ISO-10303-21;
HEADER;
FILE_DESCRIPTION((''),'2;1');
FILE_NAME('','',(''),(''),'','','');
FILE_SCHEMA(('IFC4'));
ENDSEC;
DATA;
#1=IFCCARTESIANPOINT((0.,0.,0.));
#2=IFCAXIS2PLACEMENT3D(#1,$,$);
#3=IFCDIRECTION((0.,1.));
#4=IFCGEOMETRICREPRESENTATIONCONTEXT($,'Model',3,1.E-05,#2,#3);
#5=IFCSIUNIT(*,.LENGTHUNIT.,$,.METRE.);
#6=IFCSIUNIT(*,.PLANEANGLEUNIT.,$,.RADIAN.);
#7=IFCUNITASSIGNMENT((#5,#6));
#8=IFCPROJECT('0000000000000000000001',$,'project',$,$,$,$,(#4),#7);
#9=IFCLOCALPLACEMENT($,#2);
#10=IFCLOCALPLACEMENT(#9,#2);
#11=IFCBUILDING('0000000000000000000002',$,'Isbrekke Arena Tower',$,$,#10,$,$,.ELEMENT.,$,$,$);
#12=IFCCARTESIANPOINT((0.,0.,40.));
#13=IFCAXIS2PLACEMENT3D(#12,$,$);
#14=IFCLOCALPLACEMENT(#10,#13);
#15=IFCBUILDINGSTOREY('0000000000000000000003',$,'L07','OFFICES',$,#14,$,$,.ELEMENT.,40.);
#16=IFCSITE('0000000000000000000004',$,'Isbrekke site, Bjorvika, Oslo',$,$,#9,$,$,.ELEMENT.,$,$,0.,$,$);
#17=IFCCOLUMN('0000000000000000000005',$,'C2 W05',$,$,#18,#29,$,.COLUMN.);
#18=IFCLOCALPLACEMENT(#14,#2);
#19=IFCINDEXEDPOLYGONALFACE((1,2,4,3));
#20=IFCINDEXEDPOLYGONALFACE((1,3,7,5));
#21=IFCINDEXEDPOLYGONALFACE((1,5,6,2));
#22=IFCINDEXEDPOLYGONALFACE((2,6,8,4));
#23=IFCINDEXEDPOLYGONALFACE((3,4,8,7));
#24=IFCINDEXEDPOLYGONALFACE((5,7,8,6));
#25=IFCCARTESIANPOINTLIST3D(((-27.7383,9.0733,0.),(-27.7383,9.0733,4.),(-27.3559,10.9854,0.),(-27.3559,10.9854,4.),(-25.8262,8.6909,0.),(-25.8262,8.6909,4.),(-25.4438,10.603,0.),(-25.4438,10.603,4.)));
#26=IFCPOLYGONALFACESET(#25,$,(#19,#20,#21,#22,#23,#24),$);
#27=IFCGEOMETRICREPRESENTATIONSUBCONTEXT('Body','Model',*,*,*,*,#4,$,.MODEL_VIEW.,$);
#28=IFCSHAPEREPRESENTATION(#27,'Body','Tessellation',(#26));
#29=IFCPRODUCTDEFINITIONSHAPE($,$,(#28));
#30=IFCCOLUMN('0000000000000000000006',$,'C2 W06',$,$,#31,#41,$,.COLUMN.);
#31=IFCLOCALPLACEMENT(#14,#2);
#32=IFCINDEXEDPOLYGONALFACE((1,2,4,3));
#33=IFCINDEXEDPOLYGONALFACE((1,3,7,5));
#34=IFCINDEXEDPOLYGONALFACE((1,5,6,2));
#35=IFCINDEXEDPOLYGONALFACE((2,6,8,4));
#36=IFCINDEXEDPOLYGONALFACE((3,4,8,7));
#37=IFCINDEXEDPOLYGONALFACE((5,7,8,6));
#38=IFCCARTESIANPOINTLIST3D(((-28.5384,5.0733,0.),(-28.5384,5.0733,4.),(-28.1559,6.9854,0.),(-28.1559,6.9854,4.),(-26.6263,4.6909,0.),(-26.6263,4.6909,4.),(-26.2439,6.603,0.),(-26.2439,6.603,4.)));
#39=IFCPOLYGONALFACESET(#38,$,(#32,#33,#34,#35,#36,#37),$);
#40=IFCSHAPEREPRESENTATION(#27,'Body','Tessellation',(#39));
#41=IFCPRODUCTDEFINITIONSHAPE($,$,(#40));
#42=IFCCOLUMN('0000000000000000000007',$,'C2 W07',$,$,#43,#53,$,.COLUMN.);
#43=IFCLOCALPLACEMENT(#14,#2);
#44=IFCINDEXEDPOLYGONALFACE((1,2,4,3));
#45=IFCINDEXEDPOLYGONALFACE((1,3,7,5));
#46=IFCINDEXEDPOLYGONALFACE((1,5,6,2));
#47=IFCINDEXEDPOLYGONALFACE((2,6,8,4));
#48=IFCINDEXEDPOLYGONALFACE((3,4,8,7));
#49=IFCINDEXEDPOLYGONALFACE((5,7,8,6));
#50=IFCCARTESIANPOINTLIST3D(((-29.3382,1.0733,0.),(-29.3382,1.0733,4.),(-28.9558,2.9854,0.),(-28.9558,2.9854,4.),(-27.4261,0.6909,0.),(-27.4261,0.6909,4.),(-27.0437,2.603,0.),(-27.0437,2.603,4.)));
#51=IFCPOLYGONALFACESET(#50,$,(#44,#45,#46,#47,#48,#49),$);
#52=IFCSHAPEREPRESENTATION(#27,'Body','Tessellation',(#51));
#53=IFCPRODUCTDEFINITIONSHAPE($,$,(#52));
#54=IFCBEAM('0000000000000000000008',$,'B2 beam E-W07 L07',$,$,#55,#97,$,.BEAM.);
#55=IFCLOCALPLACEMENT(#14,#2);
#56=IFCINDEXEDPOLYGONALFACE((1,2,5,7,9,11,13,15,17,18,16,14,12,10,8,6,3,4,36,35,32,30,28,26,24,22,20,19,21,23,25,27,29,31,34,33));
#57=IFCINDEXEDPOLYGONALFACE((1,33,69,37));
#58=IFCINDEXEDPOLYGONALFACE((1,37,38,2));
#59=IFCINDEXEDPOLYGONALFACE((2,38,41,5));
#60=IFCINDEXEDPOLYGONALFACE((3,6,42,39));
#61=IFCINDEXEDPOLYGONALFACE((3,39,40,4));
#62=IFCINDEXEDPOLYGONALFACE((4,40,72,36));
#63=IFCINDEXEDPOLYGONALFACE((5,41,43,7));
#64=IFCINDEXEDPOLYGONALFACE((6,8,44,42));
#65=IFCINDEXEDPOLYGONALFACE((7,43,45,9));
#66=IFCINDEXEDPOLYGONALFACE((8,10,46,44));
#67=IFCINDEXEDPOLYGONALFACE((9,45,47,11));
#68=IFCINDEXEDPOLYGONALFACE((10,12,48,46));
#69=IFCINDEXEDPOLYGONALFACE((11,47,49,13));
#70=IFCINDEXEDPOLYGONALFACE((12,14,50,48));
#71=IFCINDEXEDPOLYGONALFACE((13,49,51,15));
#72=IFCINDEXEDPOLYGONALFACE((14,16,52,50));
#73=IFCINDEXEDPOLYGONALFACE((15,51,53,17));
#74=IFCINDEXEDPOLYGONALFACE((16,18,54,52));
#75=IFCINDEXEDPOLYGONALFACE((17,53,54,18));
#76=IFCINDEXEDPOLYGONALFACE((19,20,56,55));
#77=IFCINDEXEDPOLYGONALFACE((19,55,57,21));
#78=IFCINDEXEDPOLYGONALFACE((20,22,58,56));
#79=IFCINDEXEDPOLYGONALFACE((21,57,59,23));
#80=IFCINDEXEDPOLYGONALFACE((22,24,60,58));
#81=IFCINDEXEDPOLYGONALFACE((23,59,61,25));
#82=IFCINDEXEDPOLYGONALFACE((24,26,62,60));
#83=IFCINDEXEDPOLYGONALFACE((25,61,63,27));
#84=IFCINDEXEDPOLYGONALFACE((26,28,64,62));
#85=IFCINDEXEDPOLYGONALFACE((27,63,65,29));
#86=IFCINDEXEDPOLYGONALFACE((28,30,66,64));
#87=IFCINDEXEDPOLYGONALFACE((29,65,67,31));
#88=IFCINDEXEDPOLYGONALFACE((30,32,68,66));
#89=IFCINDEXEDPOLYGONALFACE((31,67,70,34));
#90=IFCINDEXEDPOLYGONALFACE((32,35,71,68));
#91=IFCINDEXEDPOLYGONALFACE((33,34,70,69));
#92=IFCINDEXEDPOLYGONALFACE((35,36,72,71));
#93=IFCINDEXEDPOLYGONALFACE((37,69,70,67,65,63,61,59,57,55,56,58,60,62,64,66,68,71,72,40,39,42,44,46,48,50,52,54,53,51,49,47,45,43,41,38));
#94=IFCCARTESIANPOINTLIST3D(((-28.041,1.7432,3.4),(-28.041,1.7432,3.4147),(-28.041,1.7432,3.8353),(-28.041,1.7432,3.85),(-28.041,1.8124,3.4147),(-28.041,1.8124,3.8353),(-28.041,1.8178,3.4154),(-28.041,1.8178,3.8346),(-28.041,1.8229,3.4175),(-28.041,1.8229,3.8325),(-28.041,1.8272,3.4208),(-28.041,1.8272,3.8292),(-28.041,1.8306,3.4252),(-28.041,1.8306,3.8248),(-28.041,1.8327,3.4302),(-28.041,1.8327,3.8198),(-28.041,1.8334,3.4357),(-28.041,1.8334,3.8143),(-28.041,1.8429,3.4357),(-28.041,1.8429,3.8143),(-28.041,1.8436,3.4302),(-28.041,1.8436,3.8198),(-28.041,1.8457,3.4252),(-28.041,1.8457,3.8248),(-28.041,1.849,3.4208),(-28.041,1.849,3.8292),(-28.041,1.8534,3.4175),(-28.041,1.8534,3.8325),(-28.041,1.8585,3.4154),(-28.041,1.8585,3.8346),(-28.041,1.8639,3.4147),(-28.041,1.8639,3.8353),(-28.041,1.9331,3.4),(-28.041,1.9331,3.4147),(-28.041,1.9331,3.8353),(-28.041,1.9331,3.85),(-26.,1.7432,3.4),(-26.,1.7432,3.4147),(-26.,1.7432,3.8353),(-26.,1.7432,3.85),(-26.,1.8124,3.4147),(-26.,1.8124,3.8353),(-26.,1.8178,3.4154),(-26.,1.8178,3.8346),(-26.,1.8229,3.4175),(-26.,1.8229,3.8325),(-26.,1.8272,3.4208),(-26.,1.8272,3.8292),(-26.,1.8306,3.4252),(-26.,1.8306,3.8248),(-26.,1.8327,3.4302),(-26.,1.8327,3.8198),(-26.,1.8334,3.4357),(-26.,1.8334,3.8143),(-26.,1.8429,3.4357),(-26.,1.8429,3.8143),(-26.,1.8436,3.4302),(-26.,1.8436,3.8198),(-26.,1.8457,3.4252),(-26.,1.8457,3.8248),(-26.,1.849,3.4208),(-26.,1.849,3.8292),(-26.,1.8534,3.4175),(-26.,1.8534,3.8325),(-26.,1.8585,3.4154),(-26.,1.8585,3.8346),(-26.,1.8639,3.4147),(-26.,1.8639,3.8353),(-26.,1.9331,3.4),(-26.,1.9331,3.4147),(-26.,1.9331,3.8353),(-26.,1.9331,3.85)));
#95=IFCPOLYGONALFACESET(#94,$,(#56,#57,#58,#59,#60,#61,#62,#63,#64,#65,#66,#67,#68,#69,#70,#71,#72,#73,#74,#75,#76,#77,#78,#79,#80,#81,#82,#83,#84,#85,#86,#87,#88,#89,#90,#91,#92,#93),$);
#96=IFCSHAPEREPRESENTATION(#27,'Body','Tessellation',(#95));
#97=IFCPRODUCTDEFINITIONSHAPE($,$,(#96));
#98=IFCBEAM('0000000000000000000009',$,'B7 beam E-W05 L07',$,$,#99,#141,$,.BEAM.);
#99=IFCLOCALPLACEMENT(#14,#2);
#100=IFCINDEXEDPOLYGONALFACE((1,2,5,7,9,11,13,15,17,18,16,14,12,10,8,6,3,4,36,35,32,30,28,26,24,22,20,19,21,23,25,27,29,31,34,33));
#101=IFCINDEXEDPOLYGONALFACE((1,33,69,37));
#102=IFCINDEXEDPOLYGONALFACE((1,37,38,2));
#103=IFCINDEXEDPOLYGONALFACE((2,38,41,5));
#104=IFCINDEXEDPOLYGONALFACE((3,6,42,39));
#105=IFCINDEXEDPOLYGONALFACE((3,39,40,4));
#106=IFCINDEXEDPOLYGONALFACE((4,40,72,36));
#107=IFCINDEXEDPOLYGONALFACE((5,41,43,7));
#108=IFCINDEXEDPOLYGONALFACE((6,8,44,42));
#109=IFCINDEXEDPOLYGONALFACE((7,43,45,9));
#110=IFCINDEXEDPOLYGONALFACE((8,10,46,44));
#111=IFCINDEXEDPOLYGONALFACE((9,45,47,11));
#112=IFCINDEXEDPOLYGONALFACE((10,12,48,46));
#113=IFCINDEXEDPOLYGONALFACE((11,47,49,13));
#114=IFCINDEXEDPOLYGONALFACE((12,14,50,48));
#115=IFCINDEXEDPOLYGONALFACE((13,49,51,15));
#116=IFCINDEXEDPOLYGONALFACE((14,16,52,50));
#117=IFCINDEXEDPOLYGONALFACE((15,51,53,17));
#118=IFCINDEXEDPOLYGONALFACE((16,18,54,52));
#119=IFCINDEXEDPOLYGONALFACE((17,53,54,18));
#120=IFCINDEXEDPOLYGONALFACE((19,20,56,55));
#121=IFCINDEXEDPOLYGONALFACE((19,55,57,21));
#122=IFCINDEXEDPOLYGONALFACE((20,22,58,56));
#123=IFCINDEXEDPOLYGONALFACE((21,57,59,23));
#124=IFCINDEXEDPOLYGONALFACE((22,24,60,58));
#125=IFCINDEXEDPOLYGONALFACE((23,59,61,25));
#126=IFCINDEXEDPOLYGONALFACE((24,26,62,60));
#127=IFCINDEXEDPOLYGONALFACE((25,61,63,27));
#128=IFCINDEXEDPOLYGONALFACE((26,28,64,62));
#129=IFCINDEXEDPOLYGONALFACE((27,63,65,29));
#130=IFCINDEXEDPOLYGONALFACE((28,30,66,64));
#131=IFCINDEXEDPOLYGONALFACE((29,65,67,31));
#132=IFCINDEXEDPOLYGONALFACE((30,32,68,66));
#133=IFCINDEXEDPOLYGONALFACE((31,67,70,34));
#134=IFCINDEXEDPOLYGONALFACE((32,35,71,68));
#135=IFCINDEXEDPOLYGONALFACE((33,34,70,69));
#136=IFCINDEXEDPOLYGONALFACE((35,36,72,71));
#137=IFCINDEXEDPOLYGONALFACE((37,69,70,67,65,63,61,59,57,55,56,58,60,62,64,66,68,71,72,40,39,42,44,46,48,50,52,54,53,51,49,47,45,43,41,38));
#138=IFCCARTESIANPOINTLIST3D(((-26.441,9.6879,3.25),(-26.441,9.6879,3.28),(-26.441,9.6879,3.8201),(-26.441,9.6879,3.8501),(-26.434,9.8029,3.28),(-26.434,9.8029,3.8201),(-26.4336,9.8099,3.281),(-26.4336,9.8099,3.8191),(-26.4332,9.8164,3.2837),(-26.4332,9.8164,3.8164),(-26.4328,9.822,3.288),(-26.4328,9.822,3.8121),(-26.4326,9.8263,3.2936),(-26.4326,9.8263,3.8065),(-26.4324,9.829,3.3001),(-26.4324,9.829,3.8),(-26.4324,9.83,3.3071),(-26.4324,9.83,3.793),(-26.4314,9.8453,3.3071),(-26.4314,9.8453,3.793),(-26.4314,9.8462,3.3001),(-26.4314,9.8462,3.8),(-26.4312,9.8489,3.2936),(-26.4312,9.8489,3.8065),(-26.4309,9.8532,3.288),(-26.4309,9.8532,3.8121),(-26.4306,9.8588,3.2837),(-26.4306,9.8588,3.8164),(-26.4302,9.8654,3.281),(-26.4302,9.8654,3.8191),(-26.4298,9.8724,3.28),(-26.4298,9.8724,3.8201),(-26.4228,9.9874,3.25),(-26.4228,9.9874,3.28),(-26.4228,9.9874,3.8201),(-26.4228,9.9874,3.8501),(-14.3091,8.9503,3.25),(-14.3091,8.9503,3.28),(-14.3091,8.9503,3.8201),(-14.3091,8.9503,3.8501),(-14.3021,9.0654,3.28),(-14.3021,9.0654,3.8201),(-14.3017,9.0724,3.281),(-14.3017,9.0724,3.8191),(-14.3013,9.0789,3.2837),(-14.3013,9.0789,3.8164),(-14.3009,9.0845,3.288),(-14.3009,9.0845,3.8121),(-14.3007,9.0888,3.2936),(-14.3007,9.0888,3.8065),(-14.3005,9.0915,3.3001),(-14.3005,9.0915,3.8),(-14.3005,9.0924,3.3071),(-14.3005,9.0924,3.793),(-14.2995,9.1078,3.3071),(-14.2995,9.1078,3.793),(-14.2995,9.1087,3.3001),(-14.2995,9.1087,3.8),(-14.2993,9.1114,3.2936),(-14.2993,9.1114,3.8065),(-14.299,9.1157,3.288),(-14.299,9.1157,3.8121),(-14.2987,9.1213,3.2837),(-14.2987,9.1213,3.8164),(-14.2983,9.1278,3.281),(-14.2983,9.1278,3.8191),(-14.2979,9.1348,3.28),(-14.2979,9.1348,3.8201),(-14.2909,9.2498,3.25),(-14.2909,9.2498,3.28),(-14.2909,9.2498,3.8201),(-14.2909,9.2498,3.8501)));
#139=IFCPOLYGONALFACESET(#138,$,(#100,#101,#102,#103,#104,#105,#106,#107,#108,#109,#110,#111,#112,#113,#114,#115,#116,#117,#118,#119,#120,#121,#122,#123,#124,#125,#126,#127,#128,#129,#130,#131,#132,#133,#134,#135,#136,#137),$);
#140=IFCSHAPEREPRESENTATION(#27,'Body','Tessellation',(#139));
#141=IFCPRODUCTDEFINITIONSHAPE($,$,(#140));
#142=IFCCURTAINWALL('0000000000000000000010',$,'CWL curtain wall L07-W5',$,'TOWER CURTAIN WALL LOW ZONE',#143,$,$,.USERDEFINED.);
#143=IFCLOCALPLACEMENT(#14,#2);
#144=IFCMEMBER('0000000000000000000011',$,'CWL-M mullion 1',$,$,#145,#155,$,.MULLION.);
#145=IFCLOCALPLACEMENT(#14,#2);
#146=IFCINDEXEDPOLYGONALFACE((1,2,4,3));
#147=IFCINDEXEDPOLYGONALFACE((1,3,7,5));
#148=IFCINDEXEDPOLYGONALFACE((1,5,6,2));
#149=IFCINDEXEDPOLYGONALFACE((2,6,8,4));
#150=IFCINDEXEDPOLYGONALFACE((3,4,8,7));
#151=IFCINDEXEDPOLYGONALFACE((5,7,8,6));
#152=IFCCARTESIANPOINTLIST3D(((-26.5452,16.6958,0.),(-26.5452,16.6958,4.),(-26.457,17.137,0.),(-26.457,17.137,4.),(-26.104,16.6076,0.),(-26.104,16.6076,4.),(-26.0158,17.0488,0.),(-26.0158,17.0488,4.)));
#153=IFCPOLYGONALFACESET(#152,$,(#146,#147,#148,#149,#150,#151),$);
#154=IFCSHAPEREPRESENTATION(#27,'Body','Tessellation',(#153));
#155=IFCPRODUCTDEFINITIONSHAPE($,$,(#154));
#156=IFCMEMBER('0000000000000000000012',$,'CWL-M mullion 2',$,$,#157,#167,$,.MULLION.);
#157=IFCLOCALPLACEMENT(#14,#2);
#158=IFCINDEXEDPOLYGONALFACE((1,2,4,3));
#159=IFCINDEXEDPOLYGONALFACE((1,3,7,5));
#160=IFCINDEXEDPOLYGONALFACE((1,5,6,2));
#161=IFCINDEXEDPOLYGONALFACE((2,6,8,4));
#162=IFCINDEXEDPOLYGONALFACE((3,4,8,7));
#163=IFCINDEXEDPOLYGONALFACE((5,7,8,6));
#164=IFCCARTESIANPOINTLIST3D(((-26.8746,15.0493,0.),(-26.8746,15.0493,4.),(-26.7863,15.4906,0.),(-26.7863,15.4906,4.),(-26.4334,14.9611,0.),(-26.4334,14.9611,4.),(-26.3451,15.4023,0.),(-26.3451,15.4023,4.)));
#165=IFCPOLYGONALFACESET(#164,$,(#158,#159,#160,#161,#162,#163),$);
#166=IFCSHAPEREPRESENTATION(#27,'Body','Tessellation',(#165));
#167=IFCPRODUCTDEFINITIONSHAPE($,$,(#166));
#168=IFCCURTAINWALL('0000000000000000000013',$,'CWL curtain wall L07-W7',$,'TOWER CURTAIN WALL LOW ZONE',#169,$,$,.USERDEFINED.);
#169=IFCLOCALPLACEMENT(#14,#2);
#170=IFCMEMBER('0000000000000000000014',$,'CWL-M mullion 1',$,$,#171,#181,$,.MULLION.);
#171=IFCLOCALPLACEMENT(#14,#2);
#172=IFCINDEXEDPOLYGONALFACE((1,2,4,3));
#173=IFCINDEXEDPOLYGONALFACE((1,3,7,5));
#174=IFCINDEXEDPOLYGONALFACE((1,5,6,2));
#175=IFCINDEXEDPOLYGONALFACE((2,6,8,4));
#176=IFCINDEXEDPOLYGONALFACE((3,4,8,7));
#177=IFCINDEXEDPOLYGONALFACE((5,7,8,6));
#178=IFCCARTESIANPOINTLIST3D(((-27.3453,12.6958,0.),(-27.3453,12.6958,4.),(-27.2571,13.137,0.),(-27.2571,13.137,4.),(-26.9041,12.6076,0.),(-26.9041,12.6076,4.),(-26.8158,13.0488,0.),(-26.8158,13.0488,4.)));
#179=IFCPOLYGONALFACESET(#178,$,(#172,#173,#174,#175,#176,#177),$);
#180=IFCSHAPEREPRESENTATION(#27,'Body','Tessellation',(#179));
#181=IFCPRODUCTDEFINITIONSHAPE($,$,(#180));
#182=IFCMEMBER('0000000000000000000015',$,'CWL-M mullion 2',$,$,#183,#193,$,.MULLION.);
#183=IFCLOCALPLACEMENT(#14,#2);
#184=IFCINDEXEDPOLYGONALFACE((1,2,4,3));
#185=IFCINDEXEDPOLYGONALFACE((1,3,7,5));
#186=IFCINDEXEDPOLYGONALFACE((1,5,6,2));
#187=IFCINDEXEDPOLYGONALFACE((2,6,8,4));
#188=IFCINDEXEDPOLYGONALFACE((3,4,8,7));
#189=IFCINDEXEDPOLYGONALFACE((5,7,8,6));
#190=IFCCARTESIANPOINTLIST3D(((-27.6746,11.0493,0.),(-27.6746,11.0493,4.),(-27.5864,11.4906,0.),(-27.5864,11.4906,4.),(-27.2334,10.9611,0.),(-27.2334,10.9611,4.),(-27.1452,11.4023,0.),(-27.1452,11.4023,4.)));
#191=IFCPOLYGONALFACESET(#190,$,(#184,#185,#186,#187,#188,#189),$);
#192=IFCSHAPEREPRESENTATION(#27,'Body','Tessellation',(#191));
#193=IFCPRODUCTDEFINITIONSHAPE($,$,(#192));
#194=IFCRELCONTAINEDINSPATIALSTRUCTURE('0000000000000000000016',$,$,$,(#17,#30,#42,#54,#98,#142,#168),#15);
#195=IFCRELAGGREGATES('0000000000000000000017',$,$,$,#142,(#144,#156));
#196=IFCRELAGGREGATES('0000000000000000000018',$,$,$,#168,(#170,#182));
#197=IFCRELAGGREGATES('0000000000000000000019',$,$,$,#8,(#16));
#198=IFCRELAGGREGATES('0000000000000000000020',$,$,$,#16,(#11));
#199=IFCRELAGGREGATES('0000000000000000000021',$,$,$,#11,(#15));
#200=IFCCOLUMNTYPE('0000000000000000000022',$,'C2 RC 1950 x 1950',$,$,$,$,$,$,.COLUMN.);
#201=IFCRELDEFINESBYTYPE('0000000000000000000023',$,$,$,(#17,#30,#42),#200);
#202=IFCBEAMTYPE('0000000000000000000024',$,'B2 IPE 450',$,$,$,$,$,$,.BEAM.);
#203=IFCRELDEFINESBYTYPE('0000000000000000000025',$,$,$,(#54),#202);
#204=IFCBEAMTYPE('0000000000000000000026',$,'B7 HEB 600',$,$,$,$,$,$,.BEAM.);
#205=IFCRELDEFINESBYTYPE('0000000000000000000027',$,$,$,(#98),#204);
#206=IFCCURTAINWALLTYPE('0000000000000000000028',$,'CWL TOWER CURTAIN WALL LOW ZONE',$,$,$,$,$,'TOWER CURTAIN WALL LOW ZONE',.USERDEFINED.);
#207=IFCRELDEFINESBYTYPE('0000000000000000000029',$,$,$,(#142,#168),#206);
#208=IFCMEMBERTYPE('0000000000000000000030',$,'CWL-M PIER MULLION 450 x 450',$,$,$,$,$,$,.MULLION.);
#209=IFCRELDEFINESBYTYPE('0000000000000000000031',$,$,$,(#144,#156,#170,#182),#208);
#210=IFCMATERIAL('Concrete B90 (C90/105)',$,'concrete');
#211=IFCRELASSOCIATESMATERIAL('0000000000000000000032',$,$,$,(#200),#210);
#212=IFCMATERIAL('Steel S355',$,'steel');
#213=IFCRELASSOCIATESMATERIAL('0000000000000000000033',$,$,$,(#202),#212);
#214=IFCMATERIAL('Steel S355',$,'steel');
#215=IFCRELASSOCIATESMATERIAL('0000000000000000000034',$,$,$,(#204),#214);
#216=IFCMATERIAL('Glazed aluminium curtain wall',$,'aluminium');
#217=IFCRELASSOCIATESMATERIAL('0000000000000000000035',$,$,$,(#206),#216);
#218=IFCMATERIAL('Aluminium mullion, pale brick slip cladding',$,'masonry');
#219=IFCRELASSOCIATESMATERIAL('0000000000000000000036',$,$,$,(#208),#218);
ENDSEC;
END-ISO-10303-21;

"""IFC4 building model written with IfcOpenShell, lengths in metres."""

from ifc_helpers import new_model, si_unit, direction, frame, origin, origin_2d, place, context, subcontext, project, spatial, rectangle, i_section, extrude, material, material_profile, profile_set, type_object, element, aggregate, save


model = new_model("IFC4")

# Units and contexts
model_context = context("Model", 3, precision=1e-05, world=origin(), true_north=direction((0.0, 1.0)))
body_context = subcontext(model_context, "Body", "Model", "MODEL_VIEW")
ifc_project = project(units=[si_unit("LENGTHUNIT", "METRE"), si_unit("PLANEANGLEUNIT", "RADIAN")], contexts=[model_context])

# Site, building, storey
site_placement = place(None, origin())
site = spatial("IfcSite", under=ifc_project, at=site_placement, Name="Isbrekke site, Bjorvika, Oslo", CompositionType="ELEMENT", RefElevation=0.0)
building_placement = place(site_placement, origin())
building = spatial("IfcBuilding", under=site, at=building_placement, Name="Isbrekke Arena Tower", CompositionType="ELEMENT")
storey_placement = place(building_placement, frame((0.0, 0.0, 40.0)))
storey = spatial("IfcBuildingStorey", under=building, at=storey_placement, Name="L07", Description="OFFICES", CompositionType="ELEMENT", Elevation=40.0)

# Columns
ifc_material_1 = material(Name="Concrete B90 (C90/105)", Category="concrete")
ifc_material_profile_1 = material_profile(ifc_material_1, rectangle(XDim=1.95, YDim=1.95, at=origin_2d()), Name="RC 1950x1950")
ifc_profile_set_1 = profile_set([ifc_material_profile_1], Name="Concrete B90 (C90/105)")
column_type = type_object("IfcColumnType", Name="C2 RC 1950 x 1950", PredefinedType="COLUMN", material=ifc_profile_set_1)
for number, where, z_axis, x_axis, name in (
    (1, (-26.5911, 9.8381, 0.0), (0.0, 0.0, 1.0), (-0.196116, -0.980581, 0.0), "C2 W05"),
    (2, (-27.3911, 5.8381, 0.0), (0.0, 0.0, 1.0), (-0.196116, -0.980581, 0.0), "C2 W06"),
    (3, (-28.1909, 1.8381, 0.0), (0.0, 0.0, 1.0), (-0.196116, -0.980581, 0.0), "C2 W07"),
):
    element("IfcColumn", number, at=place(storey_placement, frame(where, z_axis=z_axis, x_axis=x_axis)), inside=storey, type_object=column_type, Name=name, PredefinedType="COLUMN", context=body_context, shape_type="SweptSolid", body=[
        extrude(rectangle(XDim=1.95, YDim=1.95, at=origin_2d()), origin(), (0.0, 0.0, 1.0), 4.0),
    ])

# Beams
ifc_material_2 = material(Name="Steel S355", Category="steel")
ifc_material_profile_2 = material_profile(ifc_material_2, i_section(OverallWidth=0.1899, OverallDepth=0.45, WebThickness=0.0095, FlangeThickness=0.0146, FilletRadius=0.021, at=origin_2d()), Name="IPE 450")
ifc_profile_set_2 = profile_set([ifc_material_profile_2], Name="Steel S355")
beam_type_1 = type_object("IfcBeamType", Name="B2 IPE 450", PredefinedType="BEAM", material=ifc_profile_set_2)
beam_1_placement = place(storey_placement, frame((-28.041, 1.8381, 3.625), z_axis=(1.0, 0.0, 0.0), x_axis=(0.0, 1.0, 0.0)))
element("IfcBeam", 4, at=beam_1_placement, inside=storey, type_object=beam_type_1, Name="B2 beam E-W07 L07", PredefinedType="BEAM", context=body_context, shape_type="SweptSolid", body=[
    extrude(i_section(OverallWidth=0.1899, OverallDepth=0.45, WebThickness=0.0095, FlangeThickness=0.0146, FilletRadius=0.021, at=origin_2d()), origin(), (0.0, 0.0, 1.0), 2.041),
])
ifc_material_3 = material(Name="Steel S355", Category="steel")
ifc_material_profile_3 = material_profile(ifc_material_3, i_section(OverallWidth=0.3, OverallDepth=0.6001, WebThickness=0.0154, FlangeThickness=0.03, FilletRadius=0.0271, at=origin_2d()), Name="HEB 600")
ifc_profile_set_3 = profile_set([ifc_material_profile_3], Name="Steel S355")
beam_type_2 = type_object("IfcBeamType", Name="B7 HEB 600", PredefinedType="BEAM", material=ifc_profile_set_3)
beam_2_placement = place(storey_placement, frame((-26.4319, 9.8376, 3.55), z_axis=(0.998157, -0.060682, 0.0), x_axis=(0.060682, 0.998157, 0.0)))
element("IfcBeam", 5, at=beam_2_placement, inside=storey, type_object=beam_type_2, Name="B7 beam E-W05 L07", PredefinedType="BEAM", context=body_context, shape_type="SweptSolid", body=[
    extrude(i_section(OverallWidth=0.3, OverallDepth=0.6001, WebThickness=0.0154, FlangeThickness=0.03, FilletRadius=0.0271, at=origin_2d()), origin(), (0.0, 0.0, 1.0), 12.1543),
])

# Curtain walls, members
ifc_material_4 = material(Name="Glazed aluminium curtain wall", Category="aluminium")
curtain_wall_type = type_object("IfcCurtainWallType", Name="CWL TOWER CURTAIN WALL LOW ZONE", ElementType="TOWER CURTAIN WALL LOW ZONE", PredefinedType="USERDEFINED", material=ifc_material_4)
curtain_wall_1_placement = place(storey_placement, origin())
curtain_wall_1 = element("IfcCurtainWall", 6, at=curtain_wall_1_placement, inside=storey, type_object=curtain_wall_type, Name="CWL curtain wall L07-W5", ObjectType="TOWER CURTAIN WALL LOW ZONE", PredefinedType="USERDEFINED")
ifc_material_5 = material(Name="Aluminium mullion, pale brick slip cladding", Category="masonry")
ifc_material_profile_4 = material_profile(ifc_material_5, rectangle(XDim=0.45, YDim=0.45, at=origin_2d()), Name="PIER 450X450")
ifc_profile_set_4 = profile_set([ifc_material_profile_4], Name="Aluminium mullion, pale brick slip cladding")
member_type_1 = type_object("IfcMemberType", Name="CWL-M PIER MULLION 450 x 450", PredefinedType="MULLION", material=ifc_profile_set_4)
member_1_placement = place(storey_placement, frame((-26.2805, 16.8723, 0.0), z_axis=(0.0, 0.0, 1.0), x_axis=(-0.196116, -0.980581, 0.0)))
member_1 = element("IfcMember", 7, at=member_1_placement, type_object=member_type_1, Name="CWL-M mullion 1", PredefinedType="MULLION", context=body_context, shape_type="SweptSolid", body=[
    extrude(rectangle(XDim=0.45, YDim=0.45, at=origin_2d()), origin(), (0.0, 0.0, 1.0), 4.0),
])
member_2_placement = place(storey_placement, frame((-26.6099, 15.2258, 0.0), z_axis=(0.0, 0.0, 1.0), x_axis=(-0.196116, -0.980581, 0.0)))
member_2 = element("IfcMember", 8, at=member_2_placement, type_object=member_type_1, Name="CWL-M mullion 2", PredefinedType="MULLION", context=body_context, shape_type="SweptSolid", body=[
    extrude(rectangle(XDim=0.45, YDim=0.45, at=origin_2d()), origin(), (0.0, 0.0, 1.0), 4.0),
])
curtain_wall_2_placement = place(storey_placement, origin())
curtain_wall_2 = element("IfcCurtainWall", 9, at=curtain_wall_2_placement, inside=storey, type_object=curtain_wall_type, Name="CWL curtain wall L07-W7", ObjectType="TOWER CURTAIN WALL LOW ZONE", PredefinedType="USERDEFINED")
member_3_placement = place(storey_placement, frame((-27.0806, 12.8723, 0.0), z_axis=(0.0, 0.0, 1.0), x_axis=(-0.196116, -0.980581, 0.0)))
member_3 = element("IfcMember", 10, at=member_3_placement, type_object=member_type_1, Name="CWL-M mullion 1", PredefinedType="MULLION", context=body_context, shape_type="SweptSolid", body=[
    extrude(rectangle(XDim=0.45, YDim=0.45, at=origin_2d()), origin(), (0.0, 0.0, 1.0), 4.0),
])
member_4_placement = place(storey_placement, frame((-27.4099, 11.2258, 0.0), z_axis=(0.0, 0.0, 1.0), x_axis=(-0.196116, -0.980581, 0.0)))
member_4 = element("IfcMember", 11, at=member_4_placement, type_object=member_type_1, Name="CWL-M mullion 2", PredefinedType="MULLION", context=body_context, shape_type="SweptSolid", body=[
    extrude(rectangle(XDim=0.45, YDim=0.45, at=origin_2d()), origin(), (0.0, 0.0, 1.0), 4.0),
])

aggregate(curtain_wall_1, [member_1, member_2])
aggregate(curtain_wall_2, [member_3, member_4])

save(model, "model.ifc")
